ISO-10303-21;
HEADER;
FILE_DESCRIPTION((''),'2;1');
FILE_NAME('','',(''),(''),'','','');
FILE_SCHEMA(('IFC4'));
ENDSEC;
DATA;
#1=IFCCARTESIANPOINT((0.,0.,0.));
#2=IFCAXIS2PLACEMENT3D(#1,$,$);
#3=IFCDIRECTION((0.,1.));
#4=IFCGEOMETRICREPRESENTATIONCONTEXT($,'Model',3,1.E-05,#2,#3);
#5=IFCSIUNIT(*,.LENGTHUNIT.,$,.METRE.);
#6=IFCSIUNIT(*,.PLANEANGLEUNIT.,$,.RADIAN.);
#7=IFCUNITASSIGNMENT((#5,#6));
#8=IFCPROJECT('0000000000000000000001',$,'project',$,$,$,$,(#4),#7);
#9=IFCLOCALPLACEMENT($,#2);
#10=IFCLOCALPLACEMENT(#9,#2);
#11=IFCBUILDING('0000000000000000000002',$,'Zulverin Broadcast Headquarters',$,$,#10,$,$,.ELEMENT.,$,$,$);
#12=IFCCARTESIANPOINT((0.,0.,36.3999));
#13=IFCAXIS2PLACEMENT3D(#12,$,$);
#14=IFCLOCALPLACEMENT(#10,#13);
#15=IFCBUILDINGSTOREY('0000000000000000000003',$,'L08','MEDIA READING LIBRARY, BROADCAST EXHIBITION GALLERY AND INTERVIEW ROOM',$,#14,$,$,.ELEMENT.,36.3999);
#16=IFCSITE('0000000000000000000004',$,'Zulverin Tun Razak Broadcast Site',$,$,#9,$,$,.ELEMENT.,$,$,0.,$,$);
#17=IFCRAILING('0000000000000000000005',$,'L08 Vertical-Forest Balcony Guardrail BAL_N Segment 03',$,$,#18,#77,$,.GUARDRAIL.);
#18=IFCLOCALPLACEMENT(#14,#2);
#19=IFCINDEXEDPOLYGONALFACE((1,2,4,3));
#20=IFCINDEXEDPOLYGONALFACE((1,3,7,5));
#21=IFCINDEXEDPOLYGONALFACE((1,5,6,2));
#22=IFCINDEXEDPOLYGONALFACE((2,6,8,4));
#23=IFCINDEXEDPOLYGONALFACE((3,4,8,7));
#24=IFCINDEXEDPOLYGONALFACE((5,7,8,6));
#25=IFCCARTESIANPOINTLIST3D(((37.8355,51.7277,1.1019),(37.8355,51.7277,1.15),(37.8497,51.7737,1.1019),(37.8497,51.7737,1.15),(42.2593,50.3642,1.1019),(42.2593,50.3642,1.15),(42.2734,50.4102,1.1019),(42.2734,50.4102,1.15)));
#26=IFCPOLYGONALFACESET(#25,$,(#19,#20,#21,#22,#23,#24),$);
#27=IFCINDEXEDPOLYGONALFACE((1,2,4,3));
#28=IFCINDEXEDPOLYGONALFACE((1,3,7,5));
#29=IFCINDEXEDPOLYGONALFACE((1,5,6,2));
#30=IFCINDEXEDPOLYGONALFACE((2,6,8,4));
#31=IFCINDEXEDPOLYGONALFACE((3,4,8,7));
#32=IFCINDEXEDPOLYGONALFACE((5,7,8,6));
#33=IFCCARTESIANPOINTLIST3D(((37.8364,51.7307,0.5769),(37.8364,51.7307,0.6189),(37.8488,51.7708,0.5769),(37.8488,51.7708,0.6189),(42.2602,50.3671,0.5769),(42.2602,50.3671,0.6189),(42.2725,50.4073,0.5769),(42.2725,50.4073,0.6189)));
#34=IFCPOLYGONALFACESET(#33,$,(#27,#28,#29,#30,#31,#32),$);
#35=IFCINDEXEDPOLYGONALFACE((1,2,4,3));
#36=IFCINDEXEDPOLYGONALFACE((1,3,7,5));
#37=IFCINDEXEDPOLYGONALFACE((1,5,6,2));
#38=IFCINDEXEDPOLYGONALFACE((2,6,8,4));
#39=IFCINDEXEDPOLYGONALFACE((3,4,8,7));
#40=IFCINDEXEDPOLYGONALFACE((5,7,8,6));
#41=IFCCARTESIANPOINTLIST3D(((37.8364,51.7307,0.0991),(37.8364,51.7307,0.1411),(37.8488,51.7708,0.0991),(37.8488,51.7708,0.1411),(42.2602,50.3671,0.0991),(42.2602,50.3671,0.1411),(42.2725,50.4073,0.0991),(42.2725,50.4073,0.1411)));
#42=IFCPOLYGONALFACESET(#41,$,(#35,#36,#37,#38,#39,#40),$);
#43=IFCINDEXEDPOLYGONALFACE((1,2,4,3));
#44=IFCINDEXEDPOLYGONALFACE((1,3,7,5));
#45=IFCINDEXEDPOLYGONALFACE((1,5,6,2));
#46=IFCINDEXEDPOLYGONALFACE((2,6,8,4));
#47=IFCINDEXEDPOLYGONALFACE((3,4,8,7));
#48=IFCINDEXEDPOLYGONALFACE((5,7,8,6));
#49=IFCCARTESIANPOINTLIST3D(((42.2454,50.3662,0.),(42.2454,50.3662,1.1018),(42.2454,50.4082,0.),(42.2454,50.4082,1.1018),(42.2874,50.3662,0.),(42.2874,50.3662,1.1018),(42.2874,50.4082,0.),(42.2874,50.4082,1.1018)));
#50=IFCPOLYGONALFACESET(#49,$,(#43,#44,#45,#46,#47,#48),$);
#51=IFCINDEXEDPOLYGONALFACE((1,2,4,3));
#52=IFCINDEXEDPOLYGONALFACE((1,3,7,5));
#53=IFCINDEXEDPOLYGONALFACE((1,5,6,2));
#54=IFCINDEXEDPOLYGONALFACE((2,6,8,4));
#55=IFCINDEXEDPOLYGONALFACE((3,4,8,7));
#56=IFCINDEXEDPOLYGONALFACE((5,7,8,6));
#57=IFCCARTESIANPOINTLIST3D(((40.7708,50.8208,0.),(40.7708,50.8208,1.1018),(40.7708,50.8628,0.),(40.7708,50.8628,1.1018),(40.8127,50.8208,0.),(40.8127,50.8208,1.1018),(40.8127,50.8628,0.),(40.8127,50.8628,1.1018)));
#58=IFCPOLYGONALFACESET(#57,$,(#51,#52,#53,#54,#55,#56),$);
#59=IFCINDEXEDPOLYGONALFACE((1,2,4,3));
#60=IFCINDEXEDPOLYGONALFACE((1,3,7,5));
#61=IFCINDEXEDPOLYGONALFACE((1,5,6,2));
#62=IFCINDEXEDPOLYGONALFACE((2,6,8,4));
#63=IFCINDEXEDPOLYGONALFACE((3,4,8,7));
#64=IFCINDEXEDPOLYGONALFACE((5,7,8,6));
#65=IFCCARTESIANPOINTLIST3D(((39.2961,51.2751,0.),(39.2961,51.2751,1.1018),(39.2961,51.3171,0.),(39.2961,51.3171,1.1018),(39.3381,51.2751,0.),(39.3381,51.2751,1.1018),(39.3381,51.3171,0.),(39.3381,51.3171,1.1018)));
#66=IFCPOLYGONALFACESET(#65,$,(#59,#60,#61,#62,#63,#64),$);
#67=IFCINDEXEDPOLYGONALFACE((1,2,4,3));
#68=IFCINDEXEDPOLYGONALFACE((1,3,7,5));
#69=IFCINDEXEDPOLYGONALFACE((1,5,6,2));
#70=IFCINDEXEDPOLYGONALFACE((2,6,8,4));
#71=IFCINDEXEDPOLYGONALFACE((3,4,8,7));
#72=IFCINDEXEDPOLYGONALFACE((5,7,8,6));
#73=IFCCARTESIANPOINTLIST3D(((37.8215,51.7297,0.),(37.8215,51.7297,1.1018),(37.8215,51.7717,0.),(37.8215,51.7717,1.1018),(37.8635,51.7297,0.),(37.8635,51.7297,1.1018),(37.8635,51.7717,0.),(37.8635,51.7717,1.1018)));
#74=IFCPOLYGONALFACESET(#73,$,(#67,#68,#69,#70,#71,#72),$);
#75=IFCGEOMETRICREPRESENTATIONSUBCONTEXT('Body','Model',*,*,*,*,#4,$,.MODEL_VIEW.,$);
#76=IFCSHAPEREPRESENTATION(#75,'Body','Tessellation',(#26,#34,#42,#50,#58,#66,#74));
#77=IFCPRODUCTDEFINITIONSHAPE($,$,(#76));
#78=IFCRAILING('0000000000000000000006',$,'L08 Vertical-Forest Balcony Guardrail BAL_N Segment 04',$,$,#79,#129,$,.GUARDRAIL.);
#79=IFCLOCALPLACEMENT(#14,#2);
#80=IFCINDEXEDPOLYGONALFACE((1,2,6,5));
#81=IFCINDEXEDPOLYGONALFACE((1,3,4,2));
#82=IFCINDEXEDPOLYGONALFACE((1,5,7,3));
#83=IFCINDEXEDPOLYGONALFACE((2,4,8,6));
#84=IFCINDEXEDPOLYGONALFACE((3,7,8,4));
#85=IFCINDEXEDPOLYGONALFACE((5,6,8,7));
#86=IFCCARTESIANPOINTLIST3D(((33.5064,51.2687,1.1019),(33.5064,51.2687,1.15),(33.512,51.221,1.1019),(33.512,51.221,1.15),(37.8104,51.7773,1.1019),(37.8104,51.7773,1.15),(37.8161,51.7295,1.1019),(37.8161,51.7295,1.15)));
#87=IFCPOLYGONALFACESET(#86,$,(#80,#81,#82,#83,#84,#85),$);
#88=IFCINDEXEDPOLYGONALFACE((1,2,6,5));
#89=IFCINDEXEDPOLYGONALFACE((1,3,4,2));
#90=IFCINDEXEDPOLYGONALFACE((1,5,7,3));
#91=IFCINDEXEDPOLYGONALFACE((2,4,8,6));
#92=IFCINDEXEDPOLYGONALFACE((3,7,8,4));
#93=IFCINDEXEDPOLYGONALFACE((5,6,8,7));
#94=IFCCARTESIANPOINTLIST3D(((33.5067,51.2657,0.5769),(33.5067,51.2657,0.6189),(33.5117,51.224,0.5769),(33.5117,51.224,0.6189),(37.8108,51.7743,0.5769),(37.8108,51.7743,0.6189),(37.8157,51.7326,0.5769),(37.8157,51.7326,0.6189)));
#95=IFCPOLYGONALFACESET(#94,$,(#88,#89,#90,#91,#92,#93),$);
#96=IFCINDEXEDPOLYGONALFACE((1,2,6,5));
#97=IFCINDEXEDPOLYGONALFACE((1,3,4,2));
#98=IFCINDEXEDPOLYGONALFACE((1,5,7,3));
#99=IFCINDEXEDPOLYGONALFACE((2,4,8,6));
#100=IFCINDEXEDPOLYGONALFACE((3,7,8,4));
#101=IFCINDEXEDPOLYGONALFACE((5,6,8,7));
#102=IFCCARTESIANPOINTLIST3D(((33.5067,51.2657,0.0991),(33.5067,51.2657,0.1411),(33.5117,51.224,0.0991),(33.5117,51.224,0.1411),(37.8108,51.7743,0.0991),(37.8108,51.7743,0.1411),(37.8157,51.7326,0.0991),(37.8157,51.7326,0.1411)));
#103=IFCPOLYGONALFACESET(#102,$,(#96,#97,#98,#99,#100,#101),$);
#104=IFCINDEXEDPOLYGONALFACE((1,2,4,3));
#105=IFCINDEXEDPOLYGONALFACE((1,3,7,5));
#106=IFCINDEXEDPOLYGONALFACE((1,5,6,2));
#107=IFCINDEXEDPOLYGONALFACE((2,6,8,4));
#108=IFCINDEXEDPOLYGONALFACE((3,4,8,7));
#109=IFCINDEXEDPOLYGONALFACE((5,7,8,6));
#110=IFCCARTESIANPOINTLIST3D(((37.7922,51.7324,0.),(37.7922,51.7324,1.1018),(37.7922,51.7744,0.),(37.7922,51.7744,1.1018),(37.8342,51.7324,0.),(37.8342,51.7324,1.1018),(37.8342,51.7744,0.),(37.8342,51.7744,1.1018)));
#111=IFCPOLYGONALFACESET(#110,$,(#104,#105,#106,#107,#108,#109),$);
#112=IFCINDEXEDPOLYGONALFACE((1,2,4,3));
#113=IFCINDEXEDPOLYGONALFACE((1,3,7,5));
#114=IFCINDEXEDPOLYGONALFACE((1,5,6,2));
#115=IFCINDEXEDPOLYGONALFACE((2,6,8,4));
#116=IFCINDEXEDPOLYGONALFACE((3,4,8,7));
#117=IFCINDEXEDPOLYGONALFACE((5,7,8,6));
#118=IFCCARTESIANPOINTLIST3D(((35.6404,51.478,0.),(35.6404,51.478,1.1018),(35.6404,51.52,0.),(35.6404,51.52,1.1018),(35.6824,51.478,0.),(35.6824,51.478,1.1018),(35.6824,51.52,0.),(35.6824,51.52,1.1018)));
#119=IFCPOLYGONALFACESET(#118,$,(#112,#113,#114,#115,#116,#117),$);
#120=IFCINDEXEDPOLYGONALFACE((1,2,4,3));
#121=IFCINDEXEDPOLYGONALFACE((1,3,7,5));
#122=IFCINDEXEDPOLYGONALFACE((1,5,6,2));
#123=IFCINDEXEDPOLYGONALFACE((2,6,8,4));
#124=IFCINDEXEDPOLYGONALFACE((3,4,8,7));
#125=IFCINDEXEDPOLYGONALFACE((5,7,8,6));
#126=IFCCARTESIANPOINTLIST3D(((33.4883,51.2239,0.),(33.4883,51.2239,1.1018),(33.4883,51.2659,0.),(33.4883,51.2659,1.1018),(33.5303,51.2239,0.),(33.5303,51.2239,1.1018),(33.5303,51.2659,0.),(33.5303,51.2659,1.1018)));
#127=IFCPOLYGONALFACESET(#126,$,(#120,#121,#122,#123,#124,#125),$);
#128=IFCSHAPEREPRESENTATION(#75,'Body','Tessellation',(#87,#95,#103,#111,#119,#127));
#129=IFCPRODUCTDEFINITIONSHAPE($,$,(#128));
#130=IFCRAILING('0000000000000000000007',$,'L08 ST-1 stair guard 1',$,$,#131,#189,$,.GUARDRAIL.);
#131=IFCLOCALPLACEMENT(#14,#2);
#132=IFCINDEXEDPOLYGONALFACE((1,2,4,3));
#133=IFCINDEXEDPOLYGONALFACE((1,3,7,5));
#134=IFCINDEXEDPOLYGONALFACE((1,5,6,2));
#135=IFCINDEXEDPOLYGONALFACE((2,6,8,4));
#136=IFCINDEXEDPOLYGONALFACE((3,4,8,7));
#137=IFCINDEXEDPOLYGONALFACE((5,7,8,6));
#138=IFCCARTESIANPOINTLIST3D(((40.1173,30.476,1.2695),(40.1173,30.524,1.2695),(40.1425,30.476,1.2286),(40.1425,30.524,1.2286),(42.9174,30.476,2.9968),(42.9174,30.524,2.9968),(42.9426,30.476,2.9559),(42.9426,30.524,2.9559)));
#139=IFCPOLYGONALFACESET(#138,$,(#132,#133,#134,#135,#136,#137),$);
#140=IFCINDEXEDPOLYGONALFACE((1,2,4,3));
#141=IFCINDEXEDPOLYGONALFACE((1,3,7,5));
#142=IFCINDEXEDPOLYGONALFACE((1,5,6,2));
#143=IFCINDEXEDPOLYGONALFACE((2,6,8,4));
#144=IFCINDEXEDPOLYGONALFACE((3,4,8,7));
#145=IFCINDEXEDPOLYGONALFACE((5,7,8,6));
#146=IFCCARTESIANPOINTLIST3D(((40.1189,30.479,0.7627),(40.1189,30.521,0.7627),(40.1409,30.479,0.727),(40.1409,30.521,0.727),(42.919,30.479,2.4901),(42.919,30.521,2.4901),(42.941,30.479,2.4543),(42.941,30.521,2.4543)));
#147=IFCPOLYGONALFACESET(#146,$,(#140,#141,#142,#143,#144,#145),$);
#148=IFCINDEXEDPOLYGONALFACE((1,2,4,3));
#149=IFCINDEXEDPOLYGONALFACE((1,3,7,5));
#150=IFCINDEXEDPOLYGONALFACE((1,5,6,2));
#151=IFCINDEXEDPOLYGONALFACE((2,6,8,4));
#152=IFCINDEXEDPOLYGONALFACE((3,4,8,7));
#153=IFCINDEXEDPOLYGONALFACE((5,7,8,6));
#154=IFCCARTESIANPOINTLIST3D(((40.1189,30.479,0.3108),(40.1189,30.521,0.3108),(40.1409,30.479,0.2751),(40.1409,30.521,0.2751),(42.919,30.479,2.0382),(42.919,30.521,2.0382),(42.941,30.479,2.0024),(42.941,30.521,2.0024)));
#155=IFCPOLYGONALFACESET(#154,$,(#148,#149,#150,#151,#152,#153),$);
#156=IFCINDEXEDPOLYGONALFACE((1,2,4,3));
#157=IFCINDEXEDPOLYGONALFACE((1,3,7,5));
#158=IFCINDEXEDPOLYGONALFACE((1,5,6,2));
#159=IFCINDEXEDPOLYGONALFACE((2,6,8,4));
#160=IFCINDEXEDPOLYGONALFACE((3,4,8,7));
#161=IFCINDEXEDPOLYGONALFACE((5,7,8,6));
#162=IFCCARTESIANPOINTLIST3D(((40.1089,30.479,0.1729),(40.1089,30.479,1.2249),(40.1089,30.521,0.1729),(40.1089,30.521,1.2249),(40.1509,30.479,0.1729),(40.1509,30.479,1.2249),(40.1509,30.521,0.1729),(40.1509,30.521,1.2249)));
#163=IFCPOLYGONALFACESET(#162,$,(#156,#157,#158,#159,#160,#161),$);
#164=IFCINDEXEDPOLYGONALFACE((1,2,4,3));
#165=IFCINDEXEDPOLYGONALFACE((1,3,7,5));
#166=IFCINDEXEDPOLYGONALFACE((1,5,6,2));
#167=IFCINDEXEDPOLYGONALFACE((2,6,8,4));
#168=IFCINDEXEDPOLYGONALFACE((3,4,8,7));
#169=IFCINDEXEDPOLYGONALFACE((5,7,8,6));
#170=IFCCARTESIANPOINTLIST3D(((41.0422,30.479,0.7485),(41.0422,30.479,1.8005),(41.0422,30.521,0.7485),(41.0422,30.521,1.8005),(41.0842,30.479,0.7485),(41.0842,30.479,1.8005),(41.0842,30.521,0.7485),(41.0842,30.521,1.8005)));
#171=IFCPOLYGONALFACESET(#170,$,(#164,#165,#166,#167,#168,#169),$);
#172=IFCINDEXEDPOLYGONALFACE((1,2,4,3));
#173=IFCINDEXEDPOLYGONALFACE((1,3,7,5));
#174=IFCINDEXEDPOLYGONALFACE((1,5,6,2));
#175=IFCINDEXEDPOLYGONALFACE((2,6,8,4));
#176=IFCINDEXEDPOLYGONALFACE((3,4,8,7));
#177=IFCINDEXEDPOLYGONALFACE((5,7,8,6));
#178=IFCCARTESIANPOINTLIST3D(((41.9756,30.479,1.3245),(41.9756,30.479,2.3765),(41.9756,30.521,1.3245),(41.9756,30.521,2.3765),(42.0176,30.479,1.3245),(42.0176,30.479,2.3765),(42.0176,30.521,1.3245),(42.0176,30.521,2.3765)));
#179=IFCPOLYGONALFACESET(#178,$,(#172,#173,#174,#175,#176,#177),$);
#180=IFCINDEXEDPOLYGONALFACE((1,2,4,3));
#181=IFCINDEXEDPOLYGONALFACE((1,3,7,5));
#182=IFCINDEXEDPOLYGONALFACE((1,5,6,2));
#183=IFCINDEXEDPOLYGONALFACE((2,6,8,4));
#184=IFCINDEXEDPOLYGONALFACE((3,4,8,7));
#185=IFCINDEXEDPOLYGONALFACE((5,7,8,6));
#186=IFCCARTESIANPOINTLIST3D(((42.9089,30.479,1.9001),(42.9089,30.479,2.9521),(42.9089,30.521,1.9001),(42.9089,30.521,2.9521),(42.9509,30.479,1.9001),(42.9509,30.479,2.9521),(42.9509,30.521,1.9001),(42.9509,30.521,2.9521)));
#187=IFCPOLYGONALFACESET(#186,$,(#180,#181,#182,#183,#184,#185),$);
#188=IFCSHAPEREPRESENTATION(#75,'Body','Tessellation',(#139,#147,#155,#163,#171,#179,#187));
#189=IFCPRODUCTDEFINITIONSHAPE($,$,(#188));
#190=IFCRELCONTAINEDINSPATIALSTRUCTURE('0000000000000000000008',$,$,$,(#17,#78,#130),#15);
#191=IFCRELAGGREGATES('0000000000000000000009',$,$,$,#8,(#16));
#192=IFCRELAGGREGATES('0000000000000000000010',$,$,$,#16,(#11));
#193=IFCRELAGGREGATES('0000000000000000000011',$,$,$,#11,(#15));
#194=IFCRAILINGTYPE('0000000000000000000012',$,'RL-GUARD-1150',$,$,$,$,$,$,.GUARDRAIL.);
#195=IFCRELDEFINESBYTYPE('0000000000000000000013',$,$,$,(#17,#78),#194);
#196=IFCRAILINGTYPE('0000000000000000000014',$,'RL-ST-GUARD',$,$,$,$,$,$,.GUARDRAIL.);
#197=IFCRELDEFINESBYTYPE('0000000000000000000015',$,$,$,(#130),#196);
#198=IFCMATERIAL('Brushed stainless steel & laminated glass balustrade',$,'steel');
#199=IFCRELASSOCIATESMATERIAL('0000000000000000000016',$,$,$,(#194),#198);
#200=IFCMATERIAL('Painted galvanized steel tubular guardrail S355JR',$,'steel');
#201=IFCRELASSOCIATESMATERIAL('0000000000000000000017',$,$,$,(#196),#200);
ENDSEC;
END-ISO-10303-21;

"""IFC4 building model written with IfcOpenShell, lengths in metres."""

from ifc_helpers import new_model, si_unit, direction, frame, origin, origin_2d, place, context, subcontext, project, spatial, rectangle, extrude, material, type_object, element, save


model = new_model("IFC4")

# Units and contexts
model_context = context("Model", 3, precision=1e-05, world=origin(), true_north=direction((0.0, 1.0)))
body_context = subcontext(model_context, "Body", "Model", "MODEL_VIEW")
ifc_project = project(units=[si_unit("LENGTHUNIT", "METRE"), si_unit("PLANEANGLEUNIT", "RADIAN")], contexts=[model_context])

# Site, building, storey
site_placement = place(None, origin())
site = spatial("IfcSite", under=ifc_project, at=site_placement, Name="Zulverin Tun Razak Broadcast Site", CompositionType="ELEMENT", RefElevation=0.0)
building_placement = place(site_placement, origin())
building = spatial("IfcBuilding", under=site, at=building_placement, Name="Zulverin Broadcast Headquarters", CompositionType="ELEMENT")
storey_placement = place(building_placement, frame((0.0, 0.0, 36.3999)))
storey = spatial("IfcBuildingStorey", under=building, at=storey_placement, Name="L08", Description="MEDIA READING LIBRARY, BROADCAST EXHIBITION GALLERY AND INTERVIEW ROOM", CompositionType="ELEMENT", Elevation=36.3999)

# Railings
ifc_material_1 = material(Name="Brushed stainless steel & laminated glass balustrade", Category="steel")
railing_type_1 = type_object("IfcRailingType", Name="RL-GUARD-1150", PredefinedType="GUARDRAIL", material=ifc_material_1)
railing_1_placement = place(storey_placement, frame((42.2664, 50.3872, 0.0)))
element("IfcRailing", 1, at=railing_1_placement, inside=storey, type_object=railing_type_1, Name="L08 Vertical-Forest Balcony Guardrail BAL_N Segment 03", PredefinedType="GUARDRAIL", context=body_context, shape_type="SweptSolid", body=[
    extrude(rectangle(XDim=0.0481, YDim=0.0481, at=origin_2d()), frame((0.0, 0.0, 1.126), z_axis=(-0.955636, 0.294549, 0.0), x_axis=(-0.294549, -0.955636, 0.0)), (0.0, 0.0, 1.0), 4.6292),
    extrude(rectangle(XDim=0.042, YDim=0.042, at=origin_2d()), frame((0.0, 0.0, 0.5979), z_axis=(-0.955636, 0.294549, 0.0), x_axis=(-0.294549, -0.955636, 0.0)), (0.0, 0.0, 1.0), 4.6292),
    extrude(rectangle(XDim=0.042, YDim=0.042, at=origin_2d()), frame((0.0, 0.0, 0.1201), z_axis=(-0.955636, 0.294549, 0.0), x_axis=(-0.294549, -0.955636, 0.0)), (0.0, 0.0, 1.0), 4.6292),
    extrude(rectangle(XDim=0.042, YDim=0.042, at=origin_2d()), origin(), (0.0, 0.0, 1.0), 1.1018),
    extrude(rectangle(XDim=0.042, YDim=0.042, at=origin_2d()), frame((-1.4746, 0.4546, 0.0)), (0.0, 0.0, 1.0), 1.1018),
    extrude(rectangle(XDim=0.042, YDim=0.042, at=origin_2d()), frame((-2.9492, 0.9089, 0.0)), (0.0, 0.0, 1.0), 1.1018),
    extrude(rectangle(XDim=0.042, YDim=0.042, at=origin_2d()), frame((-4.4238, 1.3635, 0.0)), (0.0, 0.0, 1.0), 1.1018),
])
railing_2_placement = place(storey_placement, frame((37.8132, 51.7534, 0.0)))
element("IfcRailing", 2, at=railing_2_placement, inside=storey, type_object=railing_type_1, Name="L08 Vertical-Forest Balcony Guardrail BAL_N Segment 04", PredefinedType="GUARDRAIL", context=body_context, shape_type="SweptSolid", body=[
    extrude(rectangle(XDim=0.0481, YDim=0.0481, at=origin_2d()), frame((0.0, 0.0, 1.126), z_axis=(-0.993092, -0.117341, 0.0), x_axis=(0.117341, -0.993092, 0.0)), (0.0, 0.0, 1.0), 4.334),
    extrude(rectangle(XDim=0.042, YDim=0.042, at=origin_2d()), frame((0.0, 0.0, 0.5979), z_axis=(-0.993092, -0.117341, 0.0), x_axis=(0.117341, -0.993092, 0.0)), (0.0, 0.0, 1.0), 4.334),
    extrude(rectangle(XDim=0.042, YDim=0.042, at=origin_2d()), frame((0.0, 0.0, 0.1201), z_axis=(-0.993092, -0.117341, 0.0), x_axis=(0.117341, -0.993092, 0.0)), (0.0, 0.0, 1.0), 4.334),
    extrude(rectangle(XDim=0.042, YDim=0.042, at=origin_2d()), origin(), (0.0, 0.0, 1.0), 1.1018),
    extrude(rectangle(XDim=0.042, YDim=0.042, at=origin_2d()), frame((-2.1519, -0.2544, 0.0)), (0.0, 0.0, 1.0), 1.1018),
    extrude(rectangle(XDim=0.042, YDim=0.042, at=origin_2d()), frame((-4.304, -0.5085, 0.0)), (0.0, 0.0, 1.0), 1.1018),
])
ifc_material_2 = material(Name="Painted galvanized steel tubular guardrail S355JR", Category="steel")
railing_type_2 = type_object("IfcRailingType", Name="RL-ST-GUARD", PredefinedType="GUARDRAIL", material=ifc_material_2)
railing_3_placement = place(storey_placement, frame((40.1299, 30.5, 0.1729)))
element("IfcRailing", 3, at=railing_3_placement, inside=storey, type_object=railing_type_2, Name="L08 ST-1 stair guard 1", PredefinedType="GUARDRAIL", context=body_context, shape_type="SweptSolid", body=[
    extrude(rectangle(XDim=0.0481, YDim=0.0481, at=origin_2d()), frame((0.0, 0.0, 1.0762), z_axis=(0.85109, 0.0, 0.52502), x_axis=(0.0, 1.0, 0.0)), (0.0, 0.0, 1.0), 3.29),
    extrude(rectangle(XDim=0.042, YDim=0.042, at=origin_2d()), frame((0.0, 0.0, 0.572), z_axis=(0.85109, 0.0, 0.52502), x_axis=(0.0, 1.0, 0.0)), (0.0, 0.0, 1.0), 3.29),
    extrude(rectangle(XDim=0.042, YDim=0.042, at=origin_2d()), frame((0.0, 0.0, 0.1201), z_axis=(0.85109, 0.0, 0.52502), x_axis=(0.0, 1.0, 0.0)), (0.0, 0.0, 1.0), 3.29),
    extrude(rectangle(XDim=0.042, YDim=0.042, at=origin_2d()), origin(), (0.0, 0.0, 1.0), 1.052),
    extrude(rectangle(XDim=0.042, YDim=0.042, at=origin_2d()), frame((0.9333, 0.0, 0.5757)), (0.0, 0.0, 1.0), 1.052),
    extrude(rectangle(XDim=0.042, YDim=0.042, at=origin_2d()), frame((1.8667, 0.0, 1.1516)), (0.0, 0.0, 1.0), 1.052),
    extrude(rectangle(XDim=0.042, YDim=0.042, at=origin_2d()), frame((2.8, 0.0, 1.7273)), (0.0, 0.0, 1.0), 1.052),
])

save(model, "model.ifc")
